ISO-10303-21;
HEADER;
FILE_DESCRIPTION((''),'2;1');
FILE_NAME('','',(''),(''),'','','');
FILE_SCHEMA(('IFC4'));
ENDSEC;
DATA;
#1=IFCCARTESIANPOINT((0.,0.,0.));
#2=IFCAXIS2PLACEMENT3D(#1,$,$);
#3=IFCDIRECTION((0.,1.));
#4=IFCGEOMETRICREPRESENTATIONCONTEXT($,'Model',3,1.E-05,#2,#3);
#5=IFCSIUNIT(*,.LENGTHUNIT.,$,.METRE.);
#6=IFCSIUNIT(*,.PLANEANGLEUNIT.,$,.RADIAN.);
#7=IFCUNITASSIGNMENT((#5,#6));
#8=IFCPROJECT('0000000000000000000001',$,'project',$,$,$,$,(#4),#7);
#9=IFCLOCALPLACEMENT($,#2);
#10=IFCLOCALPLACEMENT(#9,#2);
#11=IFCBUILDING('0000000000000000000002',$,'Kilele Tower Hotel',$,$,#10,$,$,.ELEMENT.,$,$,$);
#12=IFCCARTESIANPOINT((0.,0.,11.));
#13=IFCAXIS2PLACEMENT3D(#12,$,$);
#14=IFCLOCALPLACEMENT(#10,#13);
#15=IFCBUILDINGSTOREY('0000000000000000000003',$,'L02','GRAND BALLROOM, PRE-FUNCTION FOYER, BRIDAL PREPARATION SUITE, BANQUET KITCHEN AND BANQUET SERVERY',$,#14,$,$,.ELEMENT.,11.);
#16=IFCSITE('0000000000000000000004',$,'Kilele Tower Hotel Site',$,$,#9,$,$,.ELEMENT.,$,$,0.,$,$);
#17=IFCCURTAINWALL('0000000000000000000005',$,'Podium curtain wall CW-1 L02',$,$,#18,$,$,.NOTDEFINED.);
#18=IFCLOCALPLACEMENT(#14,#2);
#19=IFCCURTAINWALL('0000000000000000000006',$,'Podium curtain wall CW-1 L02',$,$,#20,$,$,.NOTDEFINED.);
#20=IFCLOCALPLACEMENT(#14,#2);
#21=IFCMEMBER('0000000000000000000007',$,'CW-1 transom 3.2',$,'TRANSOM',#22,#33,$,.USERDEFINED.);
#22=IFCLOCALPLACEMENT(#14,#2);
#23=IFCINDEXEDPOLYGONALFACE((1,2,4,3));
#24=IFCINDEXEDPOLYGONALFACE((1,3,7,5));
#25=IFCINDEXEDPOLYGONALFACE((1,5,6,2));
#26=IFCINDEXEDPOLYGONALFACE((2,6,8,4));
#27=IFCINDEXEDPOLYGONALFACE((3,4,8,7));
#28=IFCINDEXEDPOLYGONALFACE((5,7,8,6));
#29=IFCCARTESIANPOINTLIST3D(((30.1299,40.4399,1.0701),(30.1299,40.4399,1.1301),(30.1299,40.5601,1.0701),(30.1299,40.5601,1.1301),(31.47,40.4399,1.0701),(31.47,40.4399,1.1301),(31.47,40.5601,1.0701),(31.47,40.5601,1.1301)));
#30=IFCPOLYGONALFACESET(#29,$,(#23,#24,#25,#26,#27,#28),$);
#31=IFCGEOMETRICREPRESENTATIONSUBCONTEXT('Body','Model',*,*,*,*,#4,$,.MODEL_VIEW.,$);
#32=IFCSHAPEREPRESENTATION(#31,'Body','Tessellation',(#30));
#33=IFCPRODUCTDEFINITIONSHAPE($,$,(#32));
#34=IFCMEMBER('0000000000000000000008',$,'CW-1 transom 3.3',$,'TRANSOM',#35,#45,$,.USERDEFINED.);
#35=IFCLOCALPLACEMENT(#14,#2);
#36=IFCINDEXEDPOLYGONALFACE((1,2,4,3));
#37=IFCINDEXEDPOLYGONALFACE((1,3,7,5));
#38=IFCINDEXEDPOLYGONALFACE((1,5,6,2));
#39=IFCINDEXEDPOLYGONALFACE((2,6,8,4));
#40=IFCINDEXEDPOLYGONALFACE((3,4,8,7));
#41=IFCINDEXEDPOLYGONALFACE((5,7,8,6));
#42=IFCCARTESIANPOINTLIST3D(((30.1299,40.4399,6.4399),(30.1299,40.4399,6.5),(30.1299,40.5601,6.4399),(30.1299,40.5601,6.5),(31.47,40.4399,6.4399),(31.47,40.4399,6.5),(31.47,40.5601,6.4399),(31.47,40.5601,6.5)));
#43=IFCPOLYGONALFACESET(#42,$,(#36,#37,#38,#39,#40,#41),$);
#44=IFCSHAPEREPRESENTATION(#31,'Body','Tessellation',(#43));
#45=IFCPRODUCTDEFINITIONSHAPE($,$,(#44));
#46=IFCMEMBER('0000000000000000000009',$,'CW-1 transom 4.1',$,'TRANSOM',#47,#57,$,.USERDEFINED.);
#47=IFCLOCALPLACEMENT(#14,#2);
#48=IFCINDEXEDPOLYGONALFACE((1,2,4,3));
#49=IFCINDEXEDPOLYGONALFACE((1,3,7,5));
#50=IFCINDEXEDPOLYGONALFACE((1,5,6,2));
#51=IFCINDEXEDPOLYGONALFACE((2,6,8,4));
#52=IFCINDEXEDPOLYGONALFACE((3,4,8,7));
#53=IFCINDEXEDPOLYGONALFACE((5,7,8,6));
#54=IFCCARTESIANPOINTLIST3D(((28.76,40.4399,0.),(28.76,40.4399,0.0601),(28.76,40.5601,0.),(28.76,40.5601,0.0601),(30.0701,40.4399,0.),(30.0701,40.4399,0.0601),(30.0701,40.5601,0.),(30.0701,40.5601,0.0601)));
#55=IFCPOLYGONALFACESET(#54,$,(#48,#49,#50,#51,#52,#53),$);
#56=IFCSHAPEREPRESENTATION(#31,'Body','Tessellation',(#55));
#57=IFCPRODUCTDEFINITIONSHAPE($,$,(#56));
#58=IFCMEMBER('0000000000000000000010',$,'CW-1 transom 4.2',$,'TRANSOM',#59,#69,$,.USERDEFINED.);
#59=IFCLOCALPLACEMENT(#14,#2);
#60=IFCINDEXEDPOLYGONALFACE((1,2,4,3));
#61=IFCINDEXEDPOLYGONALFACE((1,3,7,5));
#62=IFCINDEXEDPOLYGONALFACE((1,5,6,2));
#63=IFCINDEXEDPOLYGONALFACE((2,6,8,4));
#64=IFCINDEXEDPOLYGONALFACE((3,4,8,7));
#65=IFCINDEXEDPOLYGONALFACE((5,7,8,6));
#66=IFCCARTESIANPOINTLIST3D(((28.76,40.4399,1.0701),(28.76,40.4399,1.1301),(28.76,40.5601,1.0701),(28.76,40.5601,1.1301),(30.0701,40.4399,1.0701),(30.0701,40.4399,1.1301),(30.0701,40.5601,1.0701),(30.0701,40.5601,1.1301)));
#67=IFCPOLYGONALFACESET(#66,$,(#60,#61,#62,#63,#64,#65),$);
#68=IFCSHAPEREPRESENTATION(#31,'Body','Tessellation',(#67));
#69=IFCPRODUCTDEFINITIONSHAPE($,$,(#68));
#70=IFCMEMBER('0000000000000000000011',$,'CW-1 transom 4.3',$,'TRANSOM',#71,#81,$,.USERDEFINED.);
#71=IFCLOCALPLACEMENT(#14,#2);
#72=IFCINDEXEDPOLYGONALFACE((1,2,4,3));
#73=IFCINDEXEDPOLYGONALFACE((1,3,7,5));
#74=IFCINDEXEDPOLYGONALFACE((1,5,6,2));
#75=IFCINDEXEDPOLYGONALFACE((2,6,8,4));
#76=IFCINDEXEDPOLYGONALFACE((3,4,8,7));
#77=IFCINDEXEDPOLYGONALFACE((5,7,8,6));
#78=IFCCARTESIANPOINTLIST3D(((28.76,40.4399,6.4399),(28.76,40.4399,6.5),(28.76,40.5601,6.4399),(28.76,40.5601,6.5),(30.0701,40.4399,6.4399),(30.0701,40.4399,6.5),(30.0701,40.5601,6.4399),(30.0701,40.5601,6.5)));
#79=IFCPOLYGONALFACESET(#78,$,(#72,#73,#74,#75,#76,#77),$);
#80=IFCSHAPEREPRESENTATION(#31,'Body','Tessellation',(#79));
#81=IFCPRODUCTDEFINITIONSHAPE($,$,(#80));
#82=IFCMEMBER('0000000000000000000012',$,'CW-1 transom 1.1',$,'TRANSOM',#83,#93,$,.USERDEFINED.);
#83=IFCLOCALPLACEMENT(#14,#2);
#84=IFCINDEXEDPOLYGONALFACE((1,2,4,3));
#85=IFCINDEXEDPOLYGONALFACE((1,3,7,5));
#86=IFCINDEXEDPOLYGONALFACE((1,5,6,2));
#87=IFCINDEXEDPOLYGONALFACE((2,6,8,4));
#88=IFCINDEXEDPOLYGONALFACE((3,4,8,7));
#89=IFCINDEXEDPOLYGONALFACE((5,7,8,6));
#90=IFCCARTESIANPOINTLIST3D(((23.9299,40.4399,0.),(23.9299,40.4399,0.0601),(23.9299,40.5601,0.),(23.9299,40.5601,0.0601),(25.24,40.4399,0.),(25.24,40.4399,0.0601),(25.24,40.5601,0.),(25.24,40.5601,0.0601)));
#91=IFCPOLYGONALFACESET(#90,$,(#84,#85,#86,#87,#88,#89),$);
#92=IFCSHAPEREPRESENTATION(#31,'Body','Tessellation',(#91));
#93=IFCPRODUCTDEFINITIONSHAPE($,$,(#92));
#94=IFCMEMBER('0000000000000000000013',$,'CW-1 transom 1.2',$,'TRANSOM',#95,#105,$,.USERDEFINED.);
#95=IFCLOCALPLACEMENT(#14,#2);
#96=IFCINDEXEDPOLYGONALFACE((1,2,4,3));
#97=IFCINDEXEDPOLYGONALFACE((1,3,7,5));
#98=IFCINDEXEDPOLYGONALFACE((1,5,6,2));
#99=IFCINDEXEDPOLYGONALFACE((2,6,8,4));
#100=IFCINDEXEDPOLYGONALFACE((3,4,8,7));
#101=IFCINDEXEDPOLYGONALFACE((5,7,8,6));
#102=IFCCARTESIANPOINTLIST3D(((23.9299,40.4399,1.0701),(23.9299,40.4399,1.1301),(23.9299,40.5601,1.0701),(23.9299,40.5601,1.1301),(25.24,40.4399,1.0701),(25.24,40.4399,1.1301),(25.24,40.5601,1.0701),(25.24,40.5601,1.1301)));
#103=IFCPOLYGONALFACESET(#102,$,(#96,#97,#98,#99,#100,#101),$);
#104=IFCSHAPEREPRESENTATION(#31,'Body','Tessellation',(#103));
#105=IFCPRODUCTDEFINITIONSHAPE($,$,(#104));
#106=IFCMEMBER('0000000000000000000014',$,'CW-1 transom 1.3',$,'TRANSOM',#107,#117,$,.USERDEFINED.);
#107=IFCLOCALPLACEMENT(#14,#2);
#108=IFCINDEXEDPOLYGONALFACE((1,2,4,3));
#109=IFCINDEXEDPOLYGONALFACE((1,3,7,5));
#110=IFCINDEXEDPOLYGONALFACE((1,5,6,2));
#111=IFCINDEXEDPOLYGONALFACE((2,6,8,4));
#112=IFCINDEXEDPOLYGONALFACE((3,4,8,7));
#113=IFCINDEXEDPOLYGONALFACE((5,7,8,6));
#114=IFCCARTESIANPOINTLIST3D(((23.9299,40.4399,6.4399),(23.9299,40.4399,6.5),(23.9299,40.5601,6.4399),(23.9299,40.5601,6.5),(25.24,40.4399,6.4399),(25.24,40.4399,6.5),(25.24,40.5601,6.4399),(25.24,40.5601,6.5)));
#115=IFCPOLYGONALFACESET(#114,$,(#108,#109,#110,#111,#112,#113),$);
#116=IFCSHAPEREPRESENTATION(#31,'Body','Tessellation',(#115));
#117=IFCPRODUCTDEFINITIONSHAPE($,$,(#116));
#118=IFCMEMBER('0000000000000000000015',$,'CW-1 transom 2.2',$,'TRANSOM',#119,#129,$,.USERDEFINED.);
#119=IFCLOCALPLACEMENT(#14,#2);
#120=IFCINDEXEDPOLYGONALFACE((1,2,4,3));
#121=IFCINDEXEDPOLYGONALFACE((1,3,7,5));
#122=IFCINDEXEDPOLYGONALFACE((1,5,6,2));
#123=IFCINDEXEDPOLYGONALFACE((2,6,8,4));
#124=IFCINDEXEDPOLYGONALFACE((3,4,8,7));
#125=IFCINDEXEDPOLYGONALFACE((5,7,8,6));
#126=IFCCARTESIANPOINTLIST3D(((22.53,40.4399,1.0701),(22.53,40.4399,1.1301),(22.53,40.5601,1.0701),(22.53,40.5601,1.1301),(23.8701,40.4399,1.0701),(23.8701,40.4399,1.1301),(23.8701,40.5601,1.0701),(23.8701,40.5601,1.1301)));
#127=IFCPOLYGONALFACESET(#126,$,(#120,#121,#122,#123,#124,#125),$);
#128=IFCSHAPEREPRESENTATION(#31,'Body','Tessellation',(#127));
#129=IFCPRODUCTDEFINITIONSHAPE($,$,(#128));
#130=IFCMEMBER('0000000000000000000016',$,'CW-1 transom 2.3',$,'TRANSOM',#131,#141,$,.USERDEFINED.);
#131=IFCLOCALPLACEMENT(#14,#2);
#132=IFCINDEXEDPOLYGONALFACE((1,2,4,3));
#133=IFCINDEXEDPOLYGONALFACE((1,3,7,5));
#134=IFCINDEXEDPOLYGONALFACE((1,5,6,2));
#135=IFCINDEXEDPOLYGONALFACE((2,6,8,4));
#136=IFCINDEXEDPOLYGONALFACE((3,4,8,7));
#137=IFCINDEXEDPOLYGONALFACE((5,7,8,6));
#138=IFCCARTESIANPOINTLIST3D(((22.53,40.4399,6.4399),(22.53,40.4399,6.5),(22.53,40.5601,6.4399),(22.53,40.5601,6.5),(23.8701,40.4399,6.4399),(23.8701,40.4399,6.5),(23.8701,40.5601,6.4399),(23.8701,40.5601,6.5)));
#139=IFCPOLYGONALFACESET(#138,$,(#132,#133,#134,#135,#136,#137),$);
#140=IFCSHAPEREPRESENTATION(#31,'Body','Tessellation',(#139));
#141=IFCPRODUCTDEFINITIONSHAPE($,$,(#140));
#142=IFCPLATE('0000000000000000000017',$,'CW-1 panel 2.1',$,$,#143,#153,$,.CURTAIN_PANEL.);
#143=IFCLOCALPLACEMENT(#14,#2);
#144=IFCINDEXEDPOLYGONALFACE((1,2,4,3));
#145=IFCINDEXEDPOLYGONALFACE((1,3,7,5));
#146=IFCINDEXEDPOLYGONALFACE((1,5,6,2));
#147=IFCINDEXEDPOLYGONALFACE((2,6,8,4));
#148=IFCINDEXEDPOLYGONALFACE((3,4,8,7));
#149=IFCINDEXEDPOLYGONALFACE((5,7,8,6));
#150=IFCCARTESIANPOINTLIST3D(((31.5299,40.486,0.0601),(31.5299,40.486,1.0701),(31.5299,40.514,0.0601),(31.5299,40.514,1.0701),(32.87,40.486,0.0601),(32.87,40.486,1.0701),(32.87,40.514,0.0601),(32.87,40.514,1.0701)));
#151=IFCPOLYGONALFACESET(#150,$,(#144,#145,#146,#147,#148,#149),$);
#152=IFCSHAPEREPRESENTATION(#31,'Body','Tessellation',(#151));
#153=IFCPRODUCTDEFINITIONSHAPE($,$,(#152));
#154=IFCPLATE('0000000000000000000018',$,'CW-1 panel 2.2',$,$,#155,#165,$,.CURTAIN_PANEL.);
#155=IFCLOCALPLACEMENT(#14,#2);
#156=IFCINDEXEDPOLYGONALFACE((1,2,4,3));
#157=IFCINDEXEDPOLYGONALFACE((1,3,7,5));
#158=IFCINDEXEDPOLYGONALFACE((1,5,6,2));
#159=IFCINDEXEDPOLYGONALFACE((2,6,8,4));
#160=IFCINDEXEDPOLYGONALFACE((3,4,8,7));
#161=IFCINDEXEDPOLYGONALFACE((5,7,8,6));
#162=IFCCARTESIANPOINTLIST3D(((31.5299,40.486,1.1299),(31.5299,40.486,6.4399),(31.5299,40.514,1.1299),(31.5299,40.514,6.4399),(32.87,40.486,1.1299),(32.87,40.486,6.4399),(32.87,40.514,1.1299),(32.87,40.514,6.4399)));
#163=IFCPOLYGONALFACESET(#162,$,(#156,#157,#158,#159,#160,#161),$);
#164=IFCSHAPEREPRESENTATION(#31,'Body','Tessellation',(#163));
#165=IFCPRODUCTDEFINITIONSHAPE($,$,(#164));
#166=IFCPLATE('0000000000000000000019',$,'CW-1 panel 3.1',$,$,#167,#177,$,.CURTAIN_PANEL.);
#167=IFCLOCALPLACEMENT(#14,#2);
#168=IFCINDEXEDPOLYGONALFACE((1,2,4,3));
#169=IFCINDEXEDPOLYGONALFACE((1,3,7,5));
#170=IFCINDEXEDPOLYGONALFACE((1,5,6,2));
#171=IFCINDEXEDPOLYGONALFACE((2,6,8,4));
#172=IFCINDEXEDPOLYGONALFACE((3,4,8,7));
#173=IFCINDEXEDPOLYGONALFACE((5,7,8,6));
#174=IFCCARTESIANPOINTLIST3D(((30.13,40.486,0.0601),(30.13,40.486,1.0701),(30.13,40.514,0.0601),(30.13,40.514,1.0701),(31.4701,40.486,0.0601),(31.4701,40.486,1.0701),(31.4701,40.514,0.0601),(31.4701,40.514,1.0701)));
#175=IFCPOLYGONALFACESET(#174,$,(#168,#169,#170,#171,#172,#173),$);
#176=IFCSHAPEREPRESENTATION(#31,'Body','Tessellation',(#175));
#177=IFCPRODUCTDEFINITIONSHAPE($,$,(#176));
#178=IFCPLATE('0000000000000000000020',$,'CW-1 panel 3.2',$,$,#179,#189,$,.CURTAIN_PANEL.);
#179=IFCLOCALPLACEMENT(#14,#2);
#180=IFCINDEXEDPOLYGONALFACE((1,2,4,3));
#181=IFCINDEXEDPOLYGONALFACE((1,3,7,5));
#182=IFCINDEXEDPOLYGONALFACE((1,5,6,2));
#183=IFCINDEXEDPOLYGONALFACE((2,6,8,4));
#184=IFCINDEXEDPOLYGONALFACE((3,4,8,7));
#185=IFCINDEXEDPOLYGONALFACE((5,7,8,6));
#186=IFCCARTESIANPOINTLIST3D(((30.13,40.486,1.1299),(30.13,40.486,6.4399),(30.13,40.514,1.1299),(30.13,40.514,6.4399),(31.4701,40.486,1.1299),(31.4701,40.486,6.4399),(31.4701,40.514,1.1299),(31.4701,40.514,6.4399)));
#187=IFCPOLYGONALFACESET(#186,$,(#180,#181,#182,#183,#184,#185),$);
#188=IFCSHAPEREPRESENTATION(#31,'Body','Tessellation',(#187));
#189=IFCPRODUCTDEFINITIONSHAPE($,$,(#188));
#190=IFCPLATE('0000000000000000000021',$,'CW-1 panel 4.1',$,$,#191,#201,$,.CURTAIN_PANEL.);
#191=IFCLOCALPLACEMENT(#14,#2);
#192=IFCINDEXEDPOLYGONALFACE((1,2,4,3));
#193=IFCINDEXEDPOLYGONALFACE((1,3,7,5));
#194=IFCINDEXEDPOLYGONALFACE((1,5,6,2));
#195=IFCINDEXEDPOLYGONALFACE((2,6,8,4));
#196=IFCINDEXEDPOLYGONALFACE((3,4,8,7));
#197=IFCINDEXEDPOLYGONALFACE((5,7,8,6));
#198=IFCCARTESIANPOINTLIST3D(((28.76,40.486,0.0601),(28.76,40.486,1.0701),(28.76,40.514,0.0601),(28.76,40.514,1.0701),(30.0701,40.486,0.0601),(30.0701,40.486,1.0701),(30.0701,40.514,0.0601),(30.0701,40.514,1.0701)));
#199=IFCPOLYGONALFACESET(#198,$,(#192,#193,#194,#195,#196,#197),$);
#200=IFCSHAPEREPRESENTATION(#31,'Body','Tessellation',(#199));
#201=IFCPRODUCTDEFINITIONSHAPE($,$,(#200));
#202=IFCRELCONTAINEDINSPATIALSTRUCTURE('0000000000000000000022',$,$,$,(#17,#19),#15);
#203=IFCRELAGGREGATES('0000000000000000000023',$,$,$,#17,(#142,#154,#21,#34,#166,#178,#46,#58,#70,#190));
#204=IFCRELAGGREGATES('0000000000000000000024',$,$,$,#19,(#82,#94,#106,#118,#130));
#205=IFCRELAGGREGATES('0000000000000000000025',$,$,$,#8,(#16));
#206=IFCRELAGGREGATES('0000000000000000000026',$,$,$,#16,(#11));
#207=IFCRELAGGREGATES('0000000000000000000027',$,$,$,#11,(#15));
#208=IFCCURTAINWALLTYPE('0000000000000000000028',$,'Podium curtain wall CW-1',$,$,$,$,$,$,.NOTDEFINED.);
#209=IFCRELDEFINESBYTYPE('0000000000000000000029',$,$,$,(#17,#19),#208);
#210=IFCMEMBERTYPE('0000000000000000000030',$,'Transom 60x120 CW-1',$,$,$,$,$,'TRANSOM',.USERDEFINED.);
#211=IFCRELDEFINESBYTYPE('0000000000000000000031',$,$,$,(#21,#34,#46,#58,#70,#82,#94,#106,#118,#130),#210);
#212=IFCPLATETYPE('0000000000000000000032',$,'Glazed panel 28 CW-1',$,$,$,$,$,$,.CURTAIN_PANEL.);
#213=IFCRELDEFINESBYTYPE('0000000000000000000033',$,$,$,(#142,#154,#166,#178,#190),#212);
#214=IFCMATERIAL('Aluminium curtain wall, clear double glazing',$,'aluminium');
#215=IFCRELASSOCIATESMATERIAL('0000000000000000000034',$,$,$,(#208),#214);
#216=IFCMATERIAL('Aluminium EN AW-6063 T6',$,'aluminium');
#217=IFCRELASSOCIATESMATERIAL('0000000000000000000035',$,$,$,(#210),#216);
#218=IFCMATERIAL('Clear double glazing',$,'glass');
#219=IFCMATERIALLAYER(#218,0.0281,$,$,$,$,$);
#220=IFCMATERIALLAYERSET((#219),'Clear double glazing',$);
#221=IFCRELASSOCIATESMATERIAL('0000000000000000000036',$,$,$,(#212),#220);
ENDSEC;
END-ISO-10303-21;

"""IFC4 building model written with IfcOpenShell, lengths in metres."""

from ifc_helpers import new_model, si_unit, direction, frame, origin, origin_2d, place, context, subcontext, project, spatial, rectangle, extrude, material, layer, layer_set, material_profile, profile_set, type_object, element, aggregate, save


model = new_model("IFC4")

# Units and contexts
model_context = context("Model", 3, precision=1e-05, world=origin(), true_north=direction((0.0, 1.0)))
body_context = subcontext(model_context, "Body", "Model", "MODEL_VIEW")
ifc_project = project(units=[si_unit("LENGTHUNIT", "METRE"), si_unit("PLANEANGLEUNIT", "RADIAN")], contexts=[model_context])

# Site, building, storey
site_placement = place(None, origin())
site = spatial("IfcSite", under=ifc_project, at=site_placement, Name="Kilele Tower Hotel Site", CompositionType="ELEMENT", RefElevation=0.0)
building_placement = place(site_placement, origin())
building = spatial("IfcBuilding", under=site, at=building_placement, Name="Kilele Tower Hotel", CompositionType="ELEMENT")
storey_placement = place(building_placement, frame((0.0, 0.0, 11.0)))
storey = spatial("IfcBuildingStorey", under=building, at=storey_placement, Name="L02", Description="GRAND BALLROOM, PRE-FUNCTION FOYER, BRIDAL PREPARATION SUITE, BANQUET KITCHEN AND BANQUET SERVERY", CompositionType="ELEMENT", Elevation=11.0)

# Curtain walls
ifc_material_1 = material(Name="Aluminium curtain wall, clear double glazing", Category="aluminium")
curtain_wall_type = type_object("IfcCurtainWallType", Name="Podium curtain wall CW-1", PredefinedType="NOTDEFINED", material=ifc_material_1)
curtain_wall_1_placement = place(storey_placement, origin())
curtain_wall_1 = element("IfcCurtainWall", 1, at=curtain_wall_1_placement, inside=storey, type_object=curtain_wall_type, Name="Podium curtain wall CW-1 L02", PredefinedType="NOTDEFINED")
curtain_wall_2_placement = place(storey_placement, origin())
curtain_wall_2 = element("IfcCurtainWall", 2, at=curtain_wall_2_placement, inside=storey, type_object=curtain_wall_type, Name="Podium curtain wall CW-1 L02", PredefinedType="NOTDEFINED")

# Members
ifc_material_2 = material(Name="Aluminium EN AW-6063 T6", Category="aluminium")
ifc_material_profile_1 = material_profile(ifc_material_2, rectangle(XDim=0.1201, YDim=0.0601, at=origin_2d()))
ifc_profile_set_1 = profile_set([ifc_material_profile_1], Name="Aluminium EN AW-6063 T6")
member_type_1 = type_object("IfcMemberType", Name="Transom 60x120 CW-1", ElementType="TRANSOM", PredefinedType="USERDEFINED", material=ifc_profile_set_1)
member_1_placement = place(storey_placement, frame((31.47, 40.5, 1.1001), z_axis=(-1.0, 0.0, 0.0), x_axis=(0.0, -1.0, 0.0)))
member_1 = element("IfcMember", 3, at=member_1_placement, type_object=member_type_1, Name="CW-1 transom 3.2", ObjectType="TRANSOM", PredefinedType="USERDEFINED", context=body_context, shape_type="SweptSolid", body=[
    extrude(rectangle(XDim=0.1201, YDim=0.0601, at=origin_2d()), origin(), (0.0, 0.0, 1.0), 1.3401),
])
member_2_placement = place(storey_placement, frame((31.47, 40.5, 6.47), z_axis=(-1.0, 0.0, 0.0), x_axis=(0.0, -1.0, 0.0)))
member_2 = element("IfcMember", 4, at=member_2_placement, type_object=member_type_1, Name="CW-1 transom 3.3", ObjectType="TRANSOM", PredefinedType="USERDEFINED", context=body_context, shape_type="SweptSolid", body=[
    extrude(rectangle(XDim=0.1201, YDim=0.0601, at=origin_2d()), origin(), (0.0, 0.0, 1.0), 1.3401),
])
member_3_placement = place(storey_placement, frame((30.0701, 40.5, 0.03), z_axis=(-1.0, 0.0, 0.0), x_axis=(0.0, -1.0, 0.0)))
member_3 = element("IfcMember", 5, at=member_3_placement, type_object=member_type_1, Name="CW-1 transom 4.1", ObjectType="TRANSOM", PredefinedType="USERDEFINED", context=body_context, shape_type="SweptSolid", body=[
    extrude(rectangle(XDim=0.1201, YDim=0.0601, at=origin_2d()), origin(), (0.0, 0.0, 1.0), 1.3101),
])
member_4_placement = place(storey_placement, frame((30.0701, 40.5, 1.1001), z_axis=(-1.0, 0.0, 0.0), x_axis=(0.0, -1.0, 0.0)))
member_4 = element("IfcMember", 6, at=member_4_placement, type_object=member_type_1, Name="CW-1 transom 4.2", ObjectType="TRANSOM", PredefinedType="USERDEFINED", context=body_context, shape_type="SweptSolid", body=[
    extrude(rectangle(XDim=0.1201, YDim=0.0601, at=origin_2d()), origin(), (0.0, 0.0, 1.0), 1.3101),
])
member_5_placement = place(storey_placement, frame((30.0701, 40.5, 6.47), z_axis=(-1.0, 0.0, 0.0), x_axis=(0.0, -1.0, 0.0)))
member_5 = element("IfcMember", 7, at=member_5_placement, type_object=member_type_1, Name="CW-1 transom 4.3", ObjectType="TRANSOM", PredefinedType="USERDEFINED", context=body_context, shape_type="SweptSolid", body=[
    extrude(rectangle(XDim=0.1201, YDim=0.0601, at=origin_2d()), origin(), (0.0, 0.0, 1.0), 1.3101),
])
member_6_placement = place(storey_placement, frame((25.24, 40.5, 0.03), z_axis=(-1.0, 0.0, 0.0), x_axis=(0.0, -1.0, 0.0)))
member_6 = element("IfcMember", 8, at=member_6_placement, type_object=member_type_1, Name="CW-1 transom 1.1", ObjectType="TRANSOM", PredefinedType="USERDEFINED", context=body_context, shape_type="SweptSolid", body=[
    extrude(rectangle(XDim=0.1201, YDim=0.0601, at=origin_2d()), origin(), (0.0, 0.0, 1.0), 1.3101),
])
member_7_placement = place(storey_placement, frame((25.24, 40.5, 1.1001), z_axis=(-1.0, 0.0, 0.0), x_axis=(0.0, -1.0, 0.0)))
member_7 = element("IfcMember", 9, at=member_7_placement, type_object=member_type_1, Name="CW-1 transom 1.2", ObjectType="TRANSOM", PredefinedType="USERDEFINED", context=body_context, shape_type="SweptSolid", body=[
    extrude(rectangle(XDim=0.1201, YDim=0.0601, at=origin_2d()), origin(), (0.0, 0.0, 1.0), 1.3101),
])
member_8_placement = place(storey_placement, frame((25.24, 40.5, 6.47), z_axis=(-1.0, 0.0, 0.0), x_axis=(0.0, -1.0, 0.0)))
member_8 = element("IfcMember", 10, at=member_8_placement, type_object=member_type_1, Name="CW-1 transom 1.3", ObjectType="TRANSOM", PredefinedType="USERDEFINED", context=body_context, shape_type="SweptSolid", body=[
    extrude(rectangle(XDim=0.1201, YDim=0.0601, at=origin_2d()), origin(), (0.0, 0.0, 1.0), 1.3101),
])
member_9_placement = place(storey_placement, frame((23.8701, 40.5, 1.1001), z_axis=(-1.0, 0.0, 0.0), x_axis=(0.0, -1.0, 0.0)))
member_9 = element("IfcMember", 11, at=member_9_placement, type_object=member_type_1, Name="CW-1 transom 2.2", ObjectType="TRANSOM", PredefinedType="USERDEFINED", context=body_context, shape_type="SweptSolid", body=[
    extrude(rectangle(XDim=0.1201, YDim=0.0601, at=origin_2d()), origin(), (0.0, 0.0, 1.0), 1.3401),
])
member_10_placement = place(storey_placement, frame((23.8701, 40.5, 6.47), z_axis=(-1.0, 0.0, 0.0), x_axis=(0.0, -1.0, 0.0)))
member_10 = element("IfcMember", 12, at=member_10_placement, type_object=member_type_1, Name="CW-1 transom 2.3", ObjectType="TRANSOM", PredefinedType="USERDEFINED", context=body_context, shape_type="SweptSolid", body=[
    extrude(rectangle(XDim=0.1201, YDim=0.0601, at=origin_2d()), origin(), (0.0, 0.0, 1.0), 1.3401),
])

# Plates
ifc_material_3 = material(Name="Clear double glazing", Category="glass")
ifc_layer = layer(ifc_material_3, 0.0281)
ifc_layer_set = layer_set([ifc_layer], Name="Clear double glazing")
plate_type = type_object("IfcPlateType", Name="Glazed panel 28 CW-1", PredefinedType="CURTAIN_PANEL", material=ifc_layer_set)
plate_1_placement = place(storey_placement, frame((32.2, 40.5, 0.0601), z_axis=(0.0, 0.0, 1.0), x_axis=(-1.0, 0.0, 0.0)))
plate_1 = element("IfcPlate", 13, at=plate_1_placement, type_object=plate_type, Name="CW-1 panel 2.1", PredefinedType="CURTAIN_PANEL", context=body_context, shape_type="SweptSolid", body=[
    extrude(rectangle(XDim=1.3401, YDim=0.0281, at=origin_2d()), origin(), (0.0, 0.0, 1.0), 1.01),
])
plate_2_placement = place(storey_placement, frame((32.2, 40.5, 1.1299), z_axis=(0.0, 0.0, 1.0), x_axis=(-1.0, 0.0, 0.0)))
plate_2 = element("IfcPlate", 14, at=plate_2_placement, type_object=plate_type, Name="CW-1 panel 2.2", PredefinedType="CURTAIN_PANEL", context=body_context, shape_type="SweptSolid", body=[
    extrude(rectangle(XDim=1.3401, YDim=0.0281, at=origin_2d()), origin(), (0.0, 0.0, 1.0), 5.3101),
])
plate_3_placement = place(storey_placement, frame((30.8, 40.5, 0.0601), z_axis=(0.0, 0.0, 1.0), x_axis=(-1.0, 0.0, 0.0)))
plate_3 = element("IfcPlate", 15, at=plate_3_placement, type_object=plate_type, Name="CW-1 panel 3.1", PredefinedType="CURTAIN_PANEL", context=body_context, shape_type="SweptSolid", body=[
    extrude(rectangle(XDim=1.3401, YDim=0.0281, at=origin_2d()), origin(), (0.0, 0.0, 1.0), 1.01),
])
plate_4_placement = place(storey_placement, frame((30.8, 40.5, 1.1299), z_axis=(0.0, 0.0, 1.0), x_axis=(-1.0, 0.0, 0.0)))
plate_4 = element("IfcPlate", 16, at=plate_4_placement, type_object=plate_type, Name="CW-1 panel 3.2", PredefinedType="CURTAIN_PANEL", context=body_context, shape_type="SweptSolid", body=[
    extrude(rectangle(XDim=1.3401, YDim=0.0281, at=origin_2d()), origin(), (0.0, 0.0, 1.0), 5.3101),
])
plate_5_placement = place(storey_placement, frame((29.415, 40.5, 0.0601), z_axis=(0.0, 0.0, 1.0), x_axis=(-1.0, 0.0, 0.0)))
plate_5 = element("IfcPlate", 17, at=plate_5_placement, type_object=plate_type, Name="CW-1 panel 4.1", PredefinedType="CURTAIN_PANEL", context=body_context, shape_type="SweptSolid", body=[
    extrude(rectangle(XDim=1.3101, YDim=0.0281, at=origin_2d()), origin(), (0.0, 0.0, 1.0), 1.01),
])
aggregate(curtain_wall_1, [plate_1, plate_2, member_1, member_2, plate_3, plate_4, member_3, member_4, member_5, plate_5])
aggregate(curtain_wall_2, [member_6, member_7, member_8, member_9, member_10])

save(model, "model.ifc")
